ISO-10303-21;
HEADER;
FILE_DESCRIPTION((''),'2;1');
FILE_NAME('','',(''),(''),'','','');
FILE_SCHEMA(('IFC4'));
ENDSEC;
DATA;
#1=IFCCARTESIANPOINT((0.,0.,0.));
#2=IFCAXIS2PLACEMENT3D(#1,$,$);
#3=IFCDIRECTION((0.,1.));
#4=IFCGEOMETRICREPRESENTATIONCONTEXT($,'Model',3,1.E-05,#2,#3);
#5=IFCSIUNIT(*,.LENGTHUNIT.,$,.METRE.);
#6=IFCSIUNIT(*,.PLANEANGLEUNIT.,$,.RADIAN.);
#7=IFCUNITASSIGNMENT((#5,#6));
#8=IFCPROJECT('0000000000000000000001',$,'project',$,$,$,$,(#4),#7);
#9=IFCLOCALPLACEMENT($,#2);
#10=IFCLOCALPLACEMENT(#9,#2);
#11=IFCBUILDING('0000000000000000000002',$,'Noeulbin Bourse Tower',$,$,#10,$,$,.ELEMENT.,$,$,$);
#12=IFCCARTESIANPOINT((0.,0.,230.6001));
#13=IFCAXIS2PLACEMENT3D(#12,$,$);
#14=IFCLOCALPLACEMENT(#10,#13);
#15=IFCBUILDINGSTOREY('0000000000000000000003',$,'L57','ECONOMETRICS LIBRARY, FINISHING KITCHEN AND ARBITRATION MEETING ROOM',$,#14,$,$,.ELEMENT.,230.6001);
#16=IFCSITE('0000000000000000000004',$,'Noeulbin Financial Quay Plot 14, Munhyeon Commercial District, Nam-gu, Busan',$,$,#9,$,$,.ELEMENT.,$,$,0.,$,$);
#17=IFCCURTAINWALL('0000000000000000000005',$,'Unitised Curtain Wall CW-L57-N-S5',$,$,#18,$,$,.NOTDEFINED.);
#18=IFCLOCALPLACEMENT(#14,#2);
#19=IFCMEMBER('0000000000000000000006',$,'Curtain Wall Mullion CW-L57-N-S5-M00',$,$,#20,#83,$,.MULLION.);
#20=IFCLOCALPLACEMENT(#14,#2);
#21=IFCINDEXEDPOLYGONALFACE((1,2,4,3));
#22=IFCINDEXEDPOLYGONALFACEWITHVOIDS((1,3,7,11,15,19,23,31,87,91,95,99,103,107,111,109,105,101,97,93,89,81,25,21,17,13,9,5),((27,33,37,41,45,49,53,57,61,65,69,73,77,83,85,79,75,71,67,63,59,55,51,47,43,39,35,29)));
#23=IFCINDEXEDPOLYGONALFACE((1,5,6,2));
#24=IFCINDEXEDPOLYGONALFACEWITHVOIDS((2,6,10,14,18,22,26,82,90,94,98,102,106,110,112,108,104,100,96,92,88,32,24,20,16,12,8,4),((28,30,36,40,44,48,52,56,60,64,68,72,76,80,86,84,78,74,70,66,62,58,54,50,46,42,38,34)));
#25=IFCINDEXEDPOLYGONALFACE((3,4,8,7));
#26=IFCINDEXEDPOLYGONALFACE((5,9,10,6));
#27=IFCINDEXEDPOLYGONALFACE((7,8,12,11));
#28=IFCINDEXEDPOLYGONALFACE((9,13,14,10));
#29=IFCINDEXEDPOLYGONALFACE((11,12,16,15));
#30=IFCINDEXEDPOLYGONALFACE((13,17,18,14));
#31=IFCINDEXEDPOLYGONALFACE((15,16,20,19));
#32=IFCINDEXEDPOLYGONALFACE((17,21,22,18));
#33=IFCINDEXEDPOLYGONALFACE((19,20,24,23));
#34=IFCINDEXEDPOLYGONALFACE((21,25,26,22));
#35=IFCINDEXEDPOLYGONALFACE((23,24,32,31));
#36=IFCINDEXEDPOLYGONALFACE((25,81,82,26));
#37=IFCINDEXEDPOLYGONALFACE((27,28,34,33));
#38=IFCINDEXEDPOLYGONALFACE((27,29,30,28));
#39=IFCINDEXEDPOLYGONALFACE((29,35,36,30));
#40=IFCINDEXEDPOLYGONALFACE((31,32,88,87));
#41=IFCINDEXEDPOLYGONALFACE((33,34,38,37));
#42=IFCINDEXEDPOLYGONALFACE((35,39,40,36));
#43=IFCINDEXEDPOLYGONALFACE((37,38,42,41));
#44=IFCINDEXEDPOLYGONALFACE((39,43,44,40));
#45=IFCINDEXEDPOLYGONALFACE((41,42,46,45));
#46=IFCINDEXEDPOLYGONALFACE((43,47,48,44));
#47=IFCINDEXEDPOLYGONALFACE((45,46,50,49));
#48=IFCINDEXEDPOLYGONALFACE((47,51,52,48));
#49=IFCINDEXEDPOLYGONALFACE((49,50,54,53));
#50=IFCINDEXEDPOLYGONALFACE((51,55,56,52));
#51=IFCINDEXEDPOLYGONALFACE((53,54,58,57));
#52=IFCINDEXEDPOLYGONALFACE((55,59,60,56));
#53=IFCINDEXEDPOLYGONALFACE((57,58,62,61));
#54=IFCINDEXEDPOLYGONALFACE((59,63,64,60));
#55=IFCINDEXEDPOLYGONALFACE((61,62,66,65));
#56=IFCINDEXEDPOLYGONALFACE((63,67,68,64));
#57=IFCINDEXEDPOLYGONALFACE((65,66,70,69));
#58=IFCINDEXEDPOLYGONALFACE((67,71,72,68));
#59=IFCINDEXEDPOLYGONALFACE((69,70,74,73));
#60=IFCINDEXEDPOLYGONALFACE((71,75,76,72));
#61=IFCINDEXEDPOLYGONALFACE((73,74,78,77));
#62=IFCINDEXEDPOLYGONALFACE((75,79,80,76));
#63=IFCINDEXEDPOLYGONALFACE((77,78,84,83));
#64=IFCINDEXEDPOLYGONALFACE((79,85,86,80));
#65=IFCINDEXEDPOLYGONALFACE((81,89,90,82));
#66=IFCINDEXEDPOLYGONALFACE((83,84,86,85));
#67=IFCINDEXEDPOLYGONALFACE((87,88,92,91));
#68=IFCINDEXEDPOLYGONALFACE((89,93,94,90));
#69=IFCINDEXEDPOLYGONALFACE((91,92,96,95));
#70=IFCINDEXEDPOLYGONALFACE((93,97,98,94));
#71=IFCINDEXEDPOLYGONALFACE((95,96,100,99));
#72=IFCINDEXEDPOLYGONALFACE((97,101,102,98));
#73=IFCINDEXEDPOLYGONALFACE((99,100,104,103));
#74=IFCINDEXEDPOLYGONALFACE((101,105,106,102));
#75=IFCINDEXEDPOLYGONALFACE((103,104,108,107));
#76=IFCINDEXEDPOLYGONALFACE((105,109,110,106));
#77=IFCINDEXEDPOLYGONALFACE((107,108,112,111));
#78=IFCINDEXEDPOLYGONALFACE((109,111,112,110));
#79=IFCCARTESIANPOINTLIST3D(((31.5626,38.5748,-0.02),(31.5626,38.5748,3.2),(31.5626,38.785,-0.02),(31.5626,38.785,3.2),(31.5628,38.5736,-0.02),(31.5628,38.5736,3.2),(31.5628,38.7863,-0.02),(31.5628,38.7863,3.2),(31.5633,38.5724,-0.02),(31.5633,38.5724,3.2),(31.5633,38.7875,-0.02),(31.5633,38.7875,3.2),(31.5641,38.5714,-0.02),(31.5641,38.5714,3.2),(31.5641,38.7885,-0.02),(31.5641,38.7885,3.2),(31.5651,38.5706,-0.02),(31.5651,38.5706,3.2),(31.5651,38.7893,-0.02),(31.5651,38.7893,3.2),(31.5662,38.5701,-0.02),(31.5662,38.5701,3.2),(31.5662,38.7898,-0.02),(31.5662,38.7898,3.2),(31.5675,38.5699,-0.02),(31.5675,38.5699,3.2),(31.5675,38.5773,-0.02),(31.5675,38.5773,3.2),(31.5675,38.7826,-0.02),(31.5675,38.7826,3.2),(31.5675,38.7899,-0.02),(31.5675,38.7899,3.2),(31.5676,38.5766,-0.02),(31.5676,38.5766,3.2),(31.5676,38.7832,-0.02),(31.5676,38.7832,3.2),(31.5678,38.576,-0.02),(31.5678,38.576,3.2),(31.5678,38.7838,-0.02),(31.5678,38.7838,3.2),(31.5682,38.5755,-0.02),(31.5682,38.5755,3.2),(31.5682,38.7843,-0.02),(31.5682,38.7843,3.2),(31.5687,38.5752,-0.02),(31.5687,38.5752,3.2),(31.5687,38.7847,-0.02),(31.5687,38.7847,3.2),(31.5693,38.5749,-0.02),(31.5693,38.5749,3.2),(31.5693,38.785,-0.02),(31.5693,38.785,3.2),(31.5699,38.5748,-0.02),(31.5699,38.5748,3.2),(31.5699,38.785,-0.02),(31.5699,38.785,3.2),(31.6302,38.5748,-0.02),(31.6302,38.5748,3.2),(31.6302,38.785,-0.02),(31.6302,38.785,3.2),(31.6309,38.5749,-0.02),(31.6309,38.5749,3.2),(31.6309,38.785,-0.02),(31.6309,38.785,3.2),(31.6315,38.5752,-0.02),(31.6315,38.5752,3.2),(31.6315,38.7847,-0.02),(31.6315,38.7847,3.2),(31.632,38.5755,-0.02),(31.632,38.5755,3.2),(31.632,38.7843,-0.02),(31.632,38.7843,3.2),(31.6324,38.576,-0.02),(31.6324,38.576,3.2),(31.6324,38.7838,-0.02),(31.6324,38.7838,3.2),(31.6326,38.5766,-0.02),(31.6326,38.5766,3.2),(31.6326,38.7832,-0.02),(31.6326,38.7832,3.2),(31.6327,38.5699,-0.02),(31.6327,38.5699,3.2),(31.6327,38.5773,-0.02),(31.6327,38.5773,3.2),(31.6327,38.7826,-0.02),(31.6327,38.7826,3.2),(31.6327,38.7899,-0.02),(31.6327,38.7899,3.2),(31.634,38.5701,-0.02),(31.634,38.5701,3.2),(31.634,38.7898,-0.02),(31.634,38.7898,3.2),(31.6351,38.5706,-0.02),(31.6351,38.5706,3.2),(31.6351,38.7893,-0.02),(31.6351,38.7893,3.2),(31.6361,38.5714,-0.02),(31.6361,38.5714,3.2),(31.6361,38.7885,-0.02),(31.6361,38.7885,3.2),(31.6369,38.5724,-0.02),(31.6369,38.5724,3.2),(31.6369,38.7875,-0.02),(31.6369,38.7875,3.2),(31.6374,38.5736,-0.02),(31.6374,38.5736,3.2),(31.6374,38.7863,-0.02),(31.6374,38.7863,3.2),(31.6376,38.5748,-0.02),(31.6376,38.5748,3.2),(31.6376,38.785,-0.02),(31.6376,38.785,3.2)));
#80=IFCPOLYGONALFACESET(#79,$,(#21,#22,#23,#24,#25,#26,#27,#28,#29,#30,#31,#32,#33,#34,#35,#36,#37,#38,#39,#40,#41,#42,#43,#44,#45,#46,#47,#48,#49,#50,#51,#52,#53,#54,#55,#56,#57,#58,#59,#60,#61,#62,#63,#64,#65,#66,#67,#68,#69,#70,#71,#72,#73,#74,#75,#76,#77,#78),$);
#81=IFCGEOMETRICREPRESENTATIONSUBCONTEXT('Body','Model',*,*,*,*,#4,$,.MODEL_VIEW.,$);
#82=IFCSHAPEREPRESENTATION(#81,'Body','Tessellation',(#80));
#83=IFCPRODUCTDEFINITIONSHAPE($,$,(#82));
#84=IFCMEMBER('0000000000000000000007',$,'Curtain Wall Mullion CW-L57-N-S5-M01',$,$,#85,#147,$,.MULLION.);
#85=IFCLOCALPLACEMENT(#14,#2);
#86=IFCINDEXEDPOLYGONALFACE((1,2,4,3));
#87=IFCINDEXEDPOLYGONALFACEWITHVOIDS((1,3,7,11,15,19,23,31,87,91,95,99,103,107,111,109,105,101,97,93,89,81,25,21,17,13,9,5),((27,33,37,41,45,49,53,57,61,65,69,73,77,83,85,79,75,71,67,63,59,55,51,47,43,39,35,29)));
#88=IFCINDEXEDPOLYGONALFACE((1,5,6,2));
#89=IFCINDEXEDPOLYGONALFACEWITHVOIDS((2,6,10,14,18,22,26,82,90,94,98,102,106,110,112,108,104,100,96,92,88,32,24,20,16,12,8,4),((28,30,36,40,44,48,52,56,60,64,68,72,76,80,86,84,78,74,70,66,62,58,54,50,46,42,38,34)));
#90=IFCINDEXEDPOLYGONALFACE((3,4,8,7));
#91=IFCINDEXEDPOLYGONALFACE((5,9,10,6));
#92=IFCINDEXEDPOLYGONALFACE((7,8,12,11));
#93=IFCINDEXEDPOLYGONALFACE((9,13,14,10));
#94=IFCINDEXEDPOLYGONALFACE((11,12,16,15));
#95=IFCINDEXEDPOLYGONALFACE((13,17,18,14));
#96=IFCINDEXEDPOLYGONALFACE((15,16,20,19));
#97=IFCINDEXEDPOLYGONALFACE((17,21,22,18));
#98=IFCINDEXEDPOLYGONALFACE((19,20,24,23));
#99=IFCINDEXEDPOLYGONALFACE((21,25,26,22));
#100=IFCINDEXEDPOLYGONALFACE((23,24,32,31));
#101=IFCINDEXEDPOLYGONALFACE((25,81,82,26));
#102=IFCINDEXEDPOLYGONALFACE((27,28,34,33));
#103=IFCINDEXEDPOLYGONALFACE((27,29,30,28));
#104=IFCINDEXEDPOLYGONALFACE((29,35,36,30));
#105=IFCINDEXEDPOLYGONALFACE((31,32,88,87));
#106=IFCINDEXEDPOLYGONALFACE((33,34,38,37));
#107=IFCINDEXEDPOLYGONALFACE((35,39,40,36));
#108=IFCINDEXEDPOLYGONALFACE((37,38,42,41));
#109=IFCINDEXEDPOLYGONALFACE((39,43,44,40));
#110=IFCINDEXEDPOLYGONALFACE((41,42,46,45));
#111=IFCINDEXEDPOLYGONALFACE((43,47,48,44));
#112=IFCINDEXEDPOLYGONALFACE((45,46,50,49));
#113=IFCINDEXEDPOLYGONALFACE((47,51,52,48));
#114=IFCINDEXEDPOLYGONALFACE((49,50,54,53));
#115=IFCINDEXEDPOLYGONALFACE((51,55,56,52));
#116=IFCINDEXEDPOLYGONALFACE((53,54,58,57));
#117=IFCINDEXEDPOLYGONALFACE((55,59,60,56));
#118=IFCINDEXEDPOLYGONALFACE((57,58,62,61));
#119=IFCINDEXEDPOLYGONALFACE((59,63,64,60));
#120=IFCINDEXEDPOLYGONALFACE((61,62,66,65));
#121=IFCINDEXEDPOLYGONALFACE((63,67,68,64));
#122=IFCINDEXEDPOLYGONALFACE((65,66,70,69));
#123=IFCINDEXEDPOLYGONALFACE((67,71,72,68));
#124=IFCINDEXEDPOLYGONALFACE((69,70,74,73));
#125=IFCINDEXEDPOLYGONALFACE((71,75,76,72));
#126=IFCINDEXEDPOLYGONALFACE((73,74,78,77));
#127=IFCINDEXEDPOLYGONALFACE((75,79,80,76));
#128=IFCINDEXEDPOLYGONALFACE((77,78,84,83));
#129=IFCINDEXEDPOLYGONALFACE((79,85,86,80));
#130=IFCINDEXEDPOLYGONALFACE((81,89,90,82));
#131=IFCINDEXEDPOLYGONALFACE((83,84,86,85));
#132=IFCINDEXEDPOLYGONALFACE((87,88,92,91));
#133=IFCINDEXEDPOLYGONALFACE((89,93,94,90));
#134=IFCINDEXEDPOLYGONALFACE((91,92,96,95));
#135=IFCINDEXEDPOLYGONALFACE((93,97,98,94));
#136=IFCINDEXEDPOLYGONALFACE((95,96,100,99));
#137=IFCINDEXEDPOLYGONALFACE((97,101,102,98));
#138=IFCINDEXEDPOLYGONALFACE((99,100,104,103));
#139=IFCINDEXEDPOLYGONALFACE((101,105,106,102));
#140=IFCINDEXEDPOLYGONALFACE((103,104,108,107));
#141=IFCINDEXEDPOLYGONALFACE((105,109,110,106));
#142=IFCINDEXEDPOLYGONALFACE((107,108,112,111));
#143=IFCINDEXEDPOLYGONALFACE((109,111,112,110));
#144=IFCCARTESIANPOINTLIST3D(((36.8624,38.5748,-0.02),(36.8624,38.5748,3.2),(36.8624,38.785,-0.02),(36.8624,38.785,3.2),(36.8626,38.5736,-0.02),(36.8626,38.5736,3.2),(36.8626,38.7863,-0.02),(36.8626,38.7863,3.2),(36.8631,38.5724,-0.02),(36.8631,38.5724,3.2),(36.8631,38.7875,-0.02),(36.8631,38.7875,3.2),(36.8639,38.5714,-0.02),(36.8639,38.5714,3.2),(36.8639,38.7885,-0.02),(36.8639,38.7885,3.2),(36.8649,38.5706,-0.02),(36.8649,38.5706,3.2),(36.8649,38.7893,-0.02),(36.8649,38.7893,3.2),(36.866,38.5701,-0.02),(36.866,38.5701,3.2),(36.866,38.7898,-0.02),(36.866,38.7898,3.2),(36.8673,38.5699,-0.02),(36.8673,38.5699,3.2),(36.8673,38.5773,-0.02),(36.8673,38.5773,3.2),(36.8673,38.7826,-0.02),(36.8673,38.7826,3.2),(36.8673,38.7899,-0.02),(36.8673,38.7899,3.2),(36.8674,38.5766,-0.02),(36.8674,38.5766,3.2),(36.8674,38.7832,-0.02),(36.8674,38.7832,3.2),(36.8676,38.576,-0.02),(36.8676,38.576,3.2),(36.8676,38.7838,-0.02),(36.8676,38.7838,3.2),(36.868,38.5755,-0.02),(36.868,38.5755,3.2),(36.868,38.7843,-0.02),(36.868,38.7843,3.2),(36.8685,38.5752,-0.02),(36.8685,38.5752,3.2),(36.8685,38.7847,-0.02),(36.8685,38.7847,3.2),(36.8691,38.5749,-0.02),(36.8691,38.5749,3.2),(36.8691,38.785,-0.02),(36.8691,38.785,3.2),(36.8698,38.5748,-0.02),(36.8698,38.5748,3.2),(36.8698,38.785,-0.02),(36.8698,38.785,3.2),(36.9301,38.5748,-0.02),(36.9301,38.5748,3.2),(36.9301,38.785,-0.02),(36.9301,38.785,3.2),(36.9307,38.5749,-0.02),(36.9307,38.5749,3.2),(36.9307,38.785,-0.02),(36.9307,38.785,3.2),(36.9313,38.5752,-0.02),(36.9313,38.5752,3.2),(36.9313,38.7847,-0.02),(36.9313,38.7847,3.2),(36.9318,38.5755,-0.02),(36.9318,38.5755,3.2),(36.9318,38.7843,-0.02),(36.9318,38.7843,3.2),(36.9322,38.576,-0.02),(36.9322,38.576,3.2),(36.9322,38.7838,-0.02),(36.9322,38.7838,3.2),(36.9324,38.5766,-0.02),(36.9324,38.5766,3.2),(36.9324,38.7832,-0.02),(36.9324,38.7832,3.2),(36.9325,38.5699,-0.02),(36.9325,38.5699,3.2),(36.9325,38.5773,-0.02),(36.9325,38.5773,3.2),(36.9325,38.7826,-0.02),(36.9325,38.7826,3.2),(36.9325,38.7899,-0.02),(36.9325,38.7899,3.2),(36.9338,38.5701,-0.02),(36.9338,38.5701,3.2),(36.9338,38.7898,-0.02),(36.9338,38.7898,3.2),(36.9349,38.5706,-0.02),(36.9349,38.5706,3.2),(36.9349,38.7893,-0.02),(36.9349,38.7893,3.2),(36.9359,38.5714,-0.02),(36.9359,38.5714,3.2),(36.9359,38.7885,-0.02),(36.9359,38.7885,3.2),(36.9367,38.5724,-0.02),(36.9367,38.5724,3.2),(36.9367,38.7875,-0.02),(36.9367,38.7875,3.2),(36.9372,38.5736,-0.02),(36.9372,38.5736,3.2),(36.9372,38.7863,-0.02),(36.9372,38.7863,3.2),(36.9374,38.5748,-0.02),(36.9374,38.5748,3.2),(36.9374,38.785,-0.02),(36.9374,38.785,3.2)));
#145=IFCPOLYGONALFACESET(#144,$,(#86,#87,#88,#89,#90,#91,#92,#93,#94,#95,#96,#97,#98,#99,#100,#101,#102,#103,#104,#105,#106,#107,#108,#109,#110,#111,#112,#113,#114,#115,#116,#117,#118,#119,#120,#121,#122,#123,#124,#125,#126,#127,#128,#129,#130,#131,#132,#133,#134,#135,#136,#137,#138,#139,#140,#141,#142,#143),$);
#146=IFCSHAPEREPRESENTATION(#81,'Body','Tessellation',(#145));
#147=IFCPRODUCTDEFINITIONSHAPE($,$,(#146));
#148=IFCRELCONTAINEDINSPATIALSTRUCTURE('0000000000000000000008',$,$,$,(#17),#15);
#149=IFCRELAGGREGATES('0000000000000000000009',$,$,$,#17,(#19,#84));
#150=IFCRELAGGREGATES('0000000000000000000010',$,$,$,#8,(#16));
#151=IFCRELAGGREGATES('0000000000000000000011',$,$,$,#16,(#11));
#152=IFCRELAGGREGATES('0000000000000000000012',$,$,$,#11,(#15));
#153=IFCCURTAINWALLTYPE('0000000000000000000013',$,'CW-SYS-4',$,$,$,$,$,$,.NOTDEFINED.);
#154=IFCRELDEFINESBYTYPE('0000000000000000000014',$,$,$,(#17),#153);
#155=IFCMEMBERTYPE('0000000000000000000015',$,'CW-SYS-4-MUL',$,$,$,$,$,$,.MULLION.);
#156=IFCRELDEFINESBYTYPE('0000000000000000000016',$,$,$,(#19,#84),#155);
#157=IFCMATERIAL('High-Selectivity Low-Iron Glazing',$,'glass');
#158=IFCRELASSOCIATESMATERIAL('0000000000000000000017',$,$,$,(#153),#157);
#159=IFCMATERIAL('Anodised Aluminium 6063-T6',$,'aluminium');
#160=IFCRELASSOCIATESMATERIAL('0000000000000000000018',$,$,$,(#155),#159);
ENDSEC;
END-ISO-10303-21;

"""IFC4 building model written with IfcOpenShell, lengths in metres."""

from ifc_helpers import new_model, si_unit, direction, frame, origin, origin_2d, place, context, subcontext, project, spatial, hollow_rectangle, extrude, material, material_profile, profile_set, type_object, element, aggregate, save


model = new_model("IFC4")

# Units and contexts
model_context = context("Model", 3, precision=1e-05, world=origin(), true_north=direction((0.0, 1.0)))
body_context = subcontext(model_context, "Body", "Model", "MODEL_VIEW")
ifc_project = project(units=[si_unit("LENGTHUNIT", "METRE"), si_unit("PLANEANGLEUNIT", "RADIAN")], contexts=[model_context])

# Site, building, storey
site_placement = place(None, origin())
site = spatial("IfcSite", under=ifc_project, at=site_placement, Name="Noeulbin Financial Quay Plot 14, Munhyeon Commercial District, Nam-gu, Busan", CompositionType="ELEMENT", RefElevation=0.0)
building_placement = place(site_placement, origin())
building = spatial("IfcBuilding", under=site, at=building_placement, Name="Noeulbin Bourse Tower", CompositionType="ELEMENT")
storey_placement = place(building_placement, frame((0.0, 0.0, 230.6001)))
storey = spatial("IfcBuildingStorey", under=building, at=storey_placement, Name="L57", Description="ECONOMETRICS LIBRARY, FINISHING KITCHEN AND ARBITRATION MEETING ROOM", CompositionType="ELEMENT", Elevation=230.6001)

# Curtain wall, members
ifc_material_1 = material(Name="High-Selectivity Low-Iron Glazing", Category="glass")
curtain_wall_type = type_object("IfcCurtainWallType", Name="CW-SYS-4", PredefinedType="NOTDEFINED", material=ifc_material_1)
ifc_material_2 = material(Name="Anodised Aluminium 6063-T6", Category="aluminium")
ifc_material_profile_1 = material_profile(ifc_material_2, hollow_rectangle(XDim=0.075, YDim=0.22, WallThickness=0.0049, InnerFilletRadius=0.0024, OuterFilletRadius=0.0049, at=origin_2d()), Name="ALU-MULL-75x220x5", Category="LoadBearing")
ifc_profile_set_1 = profile_set([ifc_material_profile_1], Name="Anodised Aluminium 6063-T6")
member_type_1 = type_object("IfcMemberType", Name="CW-SYS-4-MUL", PredefinedType="MULLION", material=ifc_profile_set_1)
curtain_wall_1_placement = place(storey_placement, origin())
curtain_wall_1 = element("IfcCurtainWall", 1, at=curtain_wall_1_placement, inside=storey, type_object=curtain_wall_type, Name="Unitised Curtain Wall CW-L57-N-S5", PredefinedType="NOTDEFINED")
member_1_placement = place(storey_placement, frame((31.6001, 38.6799, -0.02), z_axis=(0.0, 0.0, 1.0), x_axis=(1.0, 0.0, 0.0)))
member_1 = element("IfcMember", 2, at=member_1_placement, type_object=member_type_1, Name="Curtain Wall Mullion CW-L57-N-S5-M00", PredefinedType="MULLION", context=body_context, shape_type="SweptSolid", body=[
    extrude(hollow_rectangle(XDim=0.075, YDim=0.22, WallThickness=0.0049, InnerFilletRadius=0.0024, OuterFilletRadius=0.0049, at=origin_2d()), origin(), (0.0, 0.0, 1.0), 3.22),
])
member_2_placement = place(storey_placement, frame((36.8999, 38.6799, -0.02), z_axis=(0.0, 0.0, 1.0), x_axis=(1.0, 0.0, 0.0)))
member_2 = element("IfcMember", 3, at=member_2_placement, type_object=member_type_1, Name="Curtain Wall Mullion CW-L57-N-S5-M01", PredefinedType="MULLION", context=body_context, shape_type="SweptSolid", body=[
    extrude(hollow_rectangle(XDim=0.075, YDim=0.22, WallThickness=0.0049, InnerFilletRadius=0.0024, OuterFilletRadius=0.0049, at=origin_2d()), origin(), (0.0, 0.0, 1.0), 3.22),
])

aggregate(curtain_wall_1, [member_1, member_2])

save(model, "model.ifc")
